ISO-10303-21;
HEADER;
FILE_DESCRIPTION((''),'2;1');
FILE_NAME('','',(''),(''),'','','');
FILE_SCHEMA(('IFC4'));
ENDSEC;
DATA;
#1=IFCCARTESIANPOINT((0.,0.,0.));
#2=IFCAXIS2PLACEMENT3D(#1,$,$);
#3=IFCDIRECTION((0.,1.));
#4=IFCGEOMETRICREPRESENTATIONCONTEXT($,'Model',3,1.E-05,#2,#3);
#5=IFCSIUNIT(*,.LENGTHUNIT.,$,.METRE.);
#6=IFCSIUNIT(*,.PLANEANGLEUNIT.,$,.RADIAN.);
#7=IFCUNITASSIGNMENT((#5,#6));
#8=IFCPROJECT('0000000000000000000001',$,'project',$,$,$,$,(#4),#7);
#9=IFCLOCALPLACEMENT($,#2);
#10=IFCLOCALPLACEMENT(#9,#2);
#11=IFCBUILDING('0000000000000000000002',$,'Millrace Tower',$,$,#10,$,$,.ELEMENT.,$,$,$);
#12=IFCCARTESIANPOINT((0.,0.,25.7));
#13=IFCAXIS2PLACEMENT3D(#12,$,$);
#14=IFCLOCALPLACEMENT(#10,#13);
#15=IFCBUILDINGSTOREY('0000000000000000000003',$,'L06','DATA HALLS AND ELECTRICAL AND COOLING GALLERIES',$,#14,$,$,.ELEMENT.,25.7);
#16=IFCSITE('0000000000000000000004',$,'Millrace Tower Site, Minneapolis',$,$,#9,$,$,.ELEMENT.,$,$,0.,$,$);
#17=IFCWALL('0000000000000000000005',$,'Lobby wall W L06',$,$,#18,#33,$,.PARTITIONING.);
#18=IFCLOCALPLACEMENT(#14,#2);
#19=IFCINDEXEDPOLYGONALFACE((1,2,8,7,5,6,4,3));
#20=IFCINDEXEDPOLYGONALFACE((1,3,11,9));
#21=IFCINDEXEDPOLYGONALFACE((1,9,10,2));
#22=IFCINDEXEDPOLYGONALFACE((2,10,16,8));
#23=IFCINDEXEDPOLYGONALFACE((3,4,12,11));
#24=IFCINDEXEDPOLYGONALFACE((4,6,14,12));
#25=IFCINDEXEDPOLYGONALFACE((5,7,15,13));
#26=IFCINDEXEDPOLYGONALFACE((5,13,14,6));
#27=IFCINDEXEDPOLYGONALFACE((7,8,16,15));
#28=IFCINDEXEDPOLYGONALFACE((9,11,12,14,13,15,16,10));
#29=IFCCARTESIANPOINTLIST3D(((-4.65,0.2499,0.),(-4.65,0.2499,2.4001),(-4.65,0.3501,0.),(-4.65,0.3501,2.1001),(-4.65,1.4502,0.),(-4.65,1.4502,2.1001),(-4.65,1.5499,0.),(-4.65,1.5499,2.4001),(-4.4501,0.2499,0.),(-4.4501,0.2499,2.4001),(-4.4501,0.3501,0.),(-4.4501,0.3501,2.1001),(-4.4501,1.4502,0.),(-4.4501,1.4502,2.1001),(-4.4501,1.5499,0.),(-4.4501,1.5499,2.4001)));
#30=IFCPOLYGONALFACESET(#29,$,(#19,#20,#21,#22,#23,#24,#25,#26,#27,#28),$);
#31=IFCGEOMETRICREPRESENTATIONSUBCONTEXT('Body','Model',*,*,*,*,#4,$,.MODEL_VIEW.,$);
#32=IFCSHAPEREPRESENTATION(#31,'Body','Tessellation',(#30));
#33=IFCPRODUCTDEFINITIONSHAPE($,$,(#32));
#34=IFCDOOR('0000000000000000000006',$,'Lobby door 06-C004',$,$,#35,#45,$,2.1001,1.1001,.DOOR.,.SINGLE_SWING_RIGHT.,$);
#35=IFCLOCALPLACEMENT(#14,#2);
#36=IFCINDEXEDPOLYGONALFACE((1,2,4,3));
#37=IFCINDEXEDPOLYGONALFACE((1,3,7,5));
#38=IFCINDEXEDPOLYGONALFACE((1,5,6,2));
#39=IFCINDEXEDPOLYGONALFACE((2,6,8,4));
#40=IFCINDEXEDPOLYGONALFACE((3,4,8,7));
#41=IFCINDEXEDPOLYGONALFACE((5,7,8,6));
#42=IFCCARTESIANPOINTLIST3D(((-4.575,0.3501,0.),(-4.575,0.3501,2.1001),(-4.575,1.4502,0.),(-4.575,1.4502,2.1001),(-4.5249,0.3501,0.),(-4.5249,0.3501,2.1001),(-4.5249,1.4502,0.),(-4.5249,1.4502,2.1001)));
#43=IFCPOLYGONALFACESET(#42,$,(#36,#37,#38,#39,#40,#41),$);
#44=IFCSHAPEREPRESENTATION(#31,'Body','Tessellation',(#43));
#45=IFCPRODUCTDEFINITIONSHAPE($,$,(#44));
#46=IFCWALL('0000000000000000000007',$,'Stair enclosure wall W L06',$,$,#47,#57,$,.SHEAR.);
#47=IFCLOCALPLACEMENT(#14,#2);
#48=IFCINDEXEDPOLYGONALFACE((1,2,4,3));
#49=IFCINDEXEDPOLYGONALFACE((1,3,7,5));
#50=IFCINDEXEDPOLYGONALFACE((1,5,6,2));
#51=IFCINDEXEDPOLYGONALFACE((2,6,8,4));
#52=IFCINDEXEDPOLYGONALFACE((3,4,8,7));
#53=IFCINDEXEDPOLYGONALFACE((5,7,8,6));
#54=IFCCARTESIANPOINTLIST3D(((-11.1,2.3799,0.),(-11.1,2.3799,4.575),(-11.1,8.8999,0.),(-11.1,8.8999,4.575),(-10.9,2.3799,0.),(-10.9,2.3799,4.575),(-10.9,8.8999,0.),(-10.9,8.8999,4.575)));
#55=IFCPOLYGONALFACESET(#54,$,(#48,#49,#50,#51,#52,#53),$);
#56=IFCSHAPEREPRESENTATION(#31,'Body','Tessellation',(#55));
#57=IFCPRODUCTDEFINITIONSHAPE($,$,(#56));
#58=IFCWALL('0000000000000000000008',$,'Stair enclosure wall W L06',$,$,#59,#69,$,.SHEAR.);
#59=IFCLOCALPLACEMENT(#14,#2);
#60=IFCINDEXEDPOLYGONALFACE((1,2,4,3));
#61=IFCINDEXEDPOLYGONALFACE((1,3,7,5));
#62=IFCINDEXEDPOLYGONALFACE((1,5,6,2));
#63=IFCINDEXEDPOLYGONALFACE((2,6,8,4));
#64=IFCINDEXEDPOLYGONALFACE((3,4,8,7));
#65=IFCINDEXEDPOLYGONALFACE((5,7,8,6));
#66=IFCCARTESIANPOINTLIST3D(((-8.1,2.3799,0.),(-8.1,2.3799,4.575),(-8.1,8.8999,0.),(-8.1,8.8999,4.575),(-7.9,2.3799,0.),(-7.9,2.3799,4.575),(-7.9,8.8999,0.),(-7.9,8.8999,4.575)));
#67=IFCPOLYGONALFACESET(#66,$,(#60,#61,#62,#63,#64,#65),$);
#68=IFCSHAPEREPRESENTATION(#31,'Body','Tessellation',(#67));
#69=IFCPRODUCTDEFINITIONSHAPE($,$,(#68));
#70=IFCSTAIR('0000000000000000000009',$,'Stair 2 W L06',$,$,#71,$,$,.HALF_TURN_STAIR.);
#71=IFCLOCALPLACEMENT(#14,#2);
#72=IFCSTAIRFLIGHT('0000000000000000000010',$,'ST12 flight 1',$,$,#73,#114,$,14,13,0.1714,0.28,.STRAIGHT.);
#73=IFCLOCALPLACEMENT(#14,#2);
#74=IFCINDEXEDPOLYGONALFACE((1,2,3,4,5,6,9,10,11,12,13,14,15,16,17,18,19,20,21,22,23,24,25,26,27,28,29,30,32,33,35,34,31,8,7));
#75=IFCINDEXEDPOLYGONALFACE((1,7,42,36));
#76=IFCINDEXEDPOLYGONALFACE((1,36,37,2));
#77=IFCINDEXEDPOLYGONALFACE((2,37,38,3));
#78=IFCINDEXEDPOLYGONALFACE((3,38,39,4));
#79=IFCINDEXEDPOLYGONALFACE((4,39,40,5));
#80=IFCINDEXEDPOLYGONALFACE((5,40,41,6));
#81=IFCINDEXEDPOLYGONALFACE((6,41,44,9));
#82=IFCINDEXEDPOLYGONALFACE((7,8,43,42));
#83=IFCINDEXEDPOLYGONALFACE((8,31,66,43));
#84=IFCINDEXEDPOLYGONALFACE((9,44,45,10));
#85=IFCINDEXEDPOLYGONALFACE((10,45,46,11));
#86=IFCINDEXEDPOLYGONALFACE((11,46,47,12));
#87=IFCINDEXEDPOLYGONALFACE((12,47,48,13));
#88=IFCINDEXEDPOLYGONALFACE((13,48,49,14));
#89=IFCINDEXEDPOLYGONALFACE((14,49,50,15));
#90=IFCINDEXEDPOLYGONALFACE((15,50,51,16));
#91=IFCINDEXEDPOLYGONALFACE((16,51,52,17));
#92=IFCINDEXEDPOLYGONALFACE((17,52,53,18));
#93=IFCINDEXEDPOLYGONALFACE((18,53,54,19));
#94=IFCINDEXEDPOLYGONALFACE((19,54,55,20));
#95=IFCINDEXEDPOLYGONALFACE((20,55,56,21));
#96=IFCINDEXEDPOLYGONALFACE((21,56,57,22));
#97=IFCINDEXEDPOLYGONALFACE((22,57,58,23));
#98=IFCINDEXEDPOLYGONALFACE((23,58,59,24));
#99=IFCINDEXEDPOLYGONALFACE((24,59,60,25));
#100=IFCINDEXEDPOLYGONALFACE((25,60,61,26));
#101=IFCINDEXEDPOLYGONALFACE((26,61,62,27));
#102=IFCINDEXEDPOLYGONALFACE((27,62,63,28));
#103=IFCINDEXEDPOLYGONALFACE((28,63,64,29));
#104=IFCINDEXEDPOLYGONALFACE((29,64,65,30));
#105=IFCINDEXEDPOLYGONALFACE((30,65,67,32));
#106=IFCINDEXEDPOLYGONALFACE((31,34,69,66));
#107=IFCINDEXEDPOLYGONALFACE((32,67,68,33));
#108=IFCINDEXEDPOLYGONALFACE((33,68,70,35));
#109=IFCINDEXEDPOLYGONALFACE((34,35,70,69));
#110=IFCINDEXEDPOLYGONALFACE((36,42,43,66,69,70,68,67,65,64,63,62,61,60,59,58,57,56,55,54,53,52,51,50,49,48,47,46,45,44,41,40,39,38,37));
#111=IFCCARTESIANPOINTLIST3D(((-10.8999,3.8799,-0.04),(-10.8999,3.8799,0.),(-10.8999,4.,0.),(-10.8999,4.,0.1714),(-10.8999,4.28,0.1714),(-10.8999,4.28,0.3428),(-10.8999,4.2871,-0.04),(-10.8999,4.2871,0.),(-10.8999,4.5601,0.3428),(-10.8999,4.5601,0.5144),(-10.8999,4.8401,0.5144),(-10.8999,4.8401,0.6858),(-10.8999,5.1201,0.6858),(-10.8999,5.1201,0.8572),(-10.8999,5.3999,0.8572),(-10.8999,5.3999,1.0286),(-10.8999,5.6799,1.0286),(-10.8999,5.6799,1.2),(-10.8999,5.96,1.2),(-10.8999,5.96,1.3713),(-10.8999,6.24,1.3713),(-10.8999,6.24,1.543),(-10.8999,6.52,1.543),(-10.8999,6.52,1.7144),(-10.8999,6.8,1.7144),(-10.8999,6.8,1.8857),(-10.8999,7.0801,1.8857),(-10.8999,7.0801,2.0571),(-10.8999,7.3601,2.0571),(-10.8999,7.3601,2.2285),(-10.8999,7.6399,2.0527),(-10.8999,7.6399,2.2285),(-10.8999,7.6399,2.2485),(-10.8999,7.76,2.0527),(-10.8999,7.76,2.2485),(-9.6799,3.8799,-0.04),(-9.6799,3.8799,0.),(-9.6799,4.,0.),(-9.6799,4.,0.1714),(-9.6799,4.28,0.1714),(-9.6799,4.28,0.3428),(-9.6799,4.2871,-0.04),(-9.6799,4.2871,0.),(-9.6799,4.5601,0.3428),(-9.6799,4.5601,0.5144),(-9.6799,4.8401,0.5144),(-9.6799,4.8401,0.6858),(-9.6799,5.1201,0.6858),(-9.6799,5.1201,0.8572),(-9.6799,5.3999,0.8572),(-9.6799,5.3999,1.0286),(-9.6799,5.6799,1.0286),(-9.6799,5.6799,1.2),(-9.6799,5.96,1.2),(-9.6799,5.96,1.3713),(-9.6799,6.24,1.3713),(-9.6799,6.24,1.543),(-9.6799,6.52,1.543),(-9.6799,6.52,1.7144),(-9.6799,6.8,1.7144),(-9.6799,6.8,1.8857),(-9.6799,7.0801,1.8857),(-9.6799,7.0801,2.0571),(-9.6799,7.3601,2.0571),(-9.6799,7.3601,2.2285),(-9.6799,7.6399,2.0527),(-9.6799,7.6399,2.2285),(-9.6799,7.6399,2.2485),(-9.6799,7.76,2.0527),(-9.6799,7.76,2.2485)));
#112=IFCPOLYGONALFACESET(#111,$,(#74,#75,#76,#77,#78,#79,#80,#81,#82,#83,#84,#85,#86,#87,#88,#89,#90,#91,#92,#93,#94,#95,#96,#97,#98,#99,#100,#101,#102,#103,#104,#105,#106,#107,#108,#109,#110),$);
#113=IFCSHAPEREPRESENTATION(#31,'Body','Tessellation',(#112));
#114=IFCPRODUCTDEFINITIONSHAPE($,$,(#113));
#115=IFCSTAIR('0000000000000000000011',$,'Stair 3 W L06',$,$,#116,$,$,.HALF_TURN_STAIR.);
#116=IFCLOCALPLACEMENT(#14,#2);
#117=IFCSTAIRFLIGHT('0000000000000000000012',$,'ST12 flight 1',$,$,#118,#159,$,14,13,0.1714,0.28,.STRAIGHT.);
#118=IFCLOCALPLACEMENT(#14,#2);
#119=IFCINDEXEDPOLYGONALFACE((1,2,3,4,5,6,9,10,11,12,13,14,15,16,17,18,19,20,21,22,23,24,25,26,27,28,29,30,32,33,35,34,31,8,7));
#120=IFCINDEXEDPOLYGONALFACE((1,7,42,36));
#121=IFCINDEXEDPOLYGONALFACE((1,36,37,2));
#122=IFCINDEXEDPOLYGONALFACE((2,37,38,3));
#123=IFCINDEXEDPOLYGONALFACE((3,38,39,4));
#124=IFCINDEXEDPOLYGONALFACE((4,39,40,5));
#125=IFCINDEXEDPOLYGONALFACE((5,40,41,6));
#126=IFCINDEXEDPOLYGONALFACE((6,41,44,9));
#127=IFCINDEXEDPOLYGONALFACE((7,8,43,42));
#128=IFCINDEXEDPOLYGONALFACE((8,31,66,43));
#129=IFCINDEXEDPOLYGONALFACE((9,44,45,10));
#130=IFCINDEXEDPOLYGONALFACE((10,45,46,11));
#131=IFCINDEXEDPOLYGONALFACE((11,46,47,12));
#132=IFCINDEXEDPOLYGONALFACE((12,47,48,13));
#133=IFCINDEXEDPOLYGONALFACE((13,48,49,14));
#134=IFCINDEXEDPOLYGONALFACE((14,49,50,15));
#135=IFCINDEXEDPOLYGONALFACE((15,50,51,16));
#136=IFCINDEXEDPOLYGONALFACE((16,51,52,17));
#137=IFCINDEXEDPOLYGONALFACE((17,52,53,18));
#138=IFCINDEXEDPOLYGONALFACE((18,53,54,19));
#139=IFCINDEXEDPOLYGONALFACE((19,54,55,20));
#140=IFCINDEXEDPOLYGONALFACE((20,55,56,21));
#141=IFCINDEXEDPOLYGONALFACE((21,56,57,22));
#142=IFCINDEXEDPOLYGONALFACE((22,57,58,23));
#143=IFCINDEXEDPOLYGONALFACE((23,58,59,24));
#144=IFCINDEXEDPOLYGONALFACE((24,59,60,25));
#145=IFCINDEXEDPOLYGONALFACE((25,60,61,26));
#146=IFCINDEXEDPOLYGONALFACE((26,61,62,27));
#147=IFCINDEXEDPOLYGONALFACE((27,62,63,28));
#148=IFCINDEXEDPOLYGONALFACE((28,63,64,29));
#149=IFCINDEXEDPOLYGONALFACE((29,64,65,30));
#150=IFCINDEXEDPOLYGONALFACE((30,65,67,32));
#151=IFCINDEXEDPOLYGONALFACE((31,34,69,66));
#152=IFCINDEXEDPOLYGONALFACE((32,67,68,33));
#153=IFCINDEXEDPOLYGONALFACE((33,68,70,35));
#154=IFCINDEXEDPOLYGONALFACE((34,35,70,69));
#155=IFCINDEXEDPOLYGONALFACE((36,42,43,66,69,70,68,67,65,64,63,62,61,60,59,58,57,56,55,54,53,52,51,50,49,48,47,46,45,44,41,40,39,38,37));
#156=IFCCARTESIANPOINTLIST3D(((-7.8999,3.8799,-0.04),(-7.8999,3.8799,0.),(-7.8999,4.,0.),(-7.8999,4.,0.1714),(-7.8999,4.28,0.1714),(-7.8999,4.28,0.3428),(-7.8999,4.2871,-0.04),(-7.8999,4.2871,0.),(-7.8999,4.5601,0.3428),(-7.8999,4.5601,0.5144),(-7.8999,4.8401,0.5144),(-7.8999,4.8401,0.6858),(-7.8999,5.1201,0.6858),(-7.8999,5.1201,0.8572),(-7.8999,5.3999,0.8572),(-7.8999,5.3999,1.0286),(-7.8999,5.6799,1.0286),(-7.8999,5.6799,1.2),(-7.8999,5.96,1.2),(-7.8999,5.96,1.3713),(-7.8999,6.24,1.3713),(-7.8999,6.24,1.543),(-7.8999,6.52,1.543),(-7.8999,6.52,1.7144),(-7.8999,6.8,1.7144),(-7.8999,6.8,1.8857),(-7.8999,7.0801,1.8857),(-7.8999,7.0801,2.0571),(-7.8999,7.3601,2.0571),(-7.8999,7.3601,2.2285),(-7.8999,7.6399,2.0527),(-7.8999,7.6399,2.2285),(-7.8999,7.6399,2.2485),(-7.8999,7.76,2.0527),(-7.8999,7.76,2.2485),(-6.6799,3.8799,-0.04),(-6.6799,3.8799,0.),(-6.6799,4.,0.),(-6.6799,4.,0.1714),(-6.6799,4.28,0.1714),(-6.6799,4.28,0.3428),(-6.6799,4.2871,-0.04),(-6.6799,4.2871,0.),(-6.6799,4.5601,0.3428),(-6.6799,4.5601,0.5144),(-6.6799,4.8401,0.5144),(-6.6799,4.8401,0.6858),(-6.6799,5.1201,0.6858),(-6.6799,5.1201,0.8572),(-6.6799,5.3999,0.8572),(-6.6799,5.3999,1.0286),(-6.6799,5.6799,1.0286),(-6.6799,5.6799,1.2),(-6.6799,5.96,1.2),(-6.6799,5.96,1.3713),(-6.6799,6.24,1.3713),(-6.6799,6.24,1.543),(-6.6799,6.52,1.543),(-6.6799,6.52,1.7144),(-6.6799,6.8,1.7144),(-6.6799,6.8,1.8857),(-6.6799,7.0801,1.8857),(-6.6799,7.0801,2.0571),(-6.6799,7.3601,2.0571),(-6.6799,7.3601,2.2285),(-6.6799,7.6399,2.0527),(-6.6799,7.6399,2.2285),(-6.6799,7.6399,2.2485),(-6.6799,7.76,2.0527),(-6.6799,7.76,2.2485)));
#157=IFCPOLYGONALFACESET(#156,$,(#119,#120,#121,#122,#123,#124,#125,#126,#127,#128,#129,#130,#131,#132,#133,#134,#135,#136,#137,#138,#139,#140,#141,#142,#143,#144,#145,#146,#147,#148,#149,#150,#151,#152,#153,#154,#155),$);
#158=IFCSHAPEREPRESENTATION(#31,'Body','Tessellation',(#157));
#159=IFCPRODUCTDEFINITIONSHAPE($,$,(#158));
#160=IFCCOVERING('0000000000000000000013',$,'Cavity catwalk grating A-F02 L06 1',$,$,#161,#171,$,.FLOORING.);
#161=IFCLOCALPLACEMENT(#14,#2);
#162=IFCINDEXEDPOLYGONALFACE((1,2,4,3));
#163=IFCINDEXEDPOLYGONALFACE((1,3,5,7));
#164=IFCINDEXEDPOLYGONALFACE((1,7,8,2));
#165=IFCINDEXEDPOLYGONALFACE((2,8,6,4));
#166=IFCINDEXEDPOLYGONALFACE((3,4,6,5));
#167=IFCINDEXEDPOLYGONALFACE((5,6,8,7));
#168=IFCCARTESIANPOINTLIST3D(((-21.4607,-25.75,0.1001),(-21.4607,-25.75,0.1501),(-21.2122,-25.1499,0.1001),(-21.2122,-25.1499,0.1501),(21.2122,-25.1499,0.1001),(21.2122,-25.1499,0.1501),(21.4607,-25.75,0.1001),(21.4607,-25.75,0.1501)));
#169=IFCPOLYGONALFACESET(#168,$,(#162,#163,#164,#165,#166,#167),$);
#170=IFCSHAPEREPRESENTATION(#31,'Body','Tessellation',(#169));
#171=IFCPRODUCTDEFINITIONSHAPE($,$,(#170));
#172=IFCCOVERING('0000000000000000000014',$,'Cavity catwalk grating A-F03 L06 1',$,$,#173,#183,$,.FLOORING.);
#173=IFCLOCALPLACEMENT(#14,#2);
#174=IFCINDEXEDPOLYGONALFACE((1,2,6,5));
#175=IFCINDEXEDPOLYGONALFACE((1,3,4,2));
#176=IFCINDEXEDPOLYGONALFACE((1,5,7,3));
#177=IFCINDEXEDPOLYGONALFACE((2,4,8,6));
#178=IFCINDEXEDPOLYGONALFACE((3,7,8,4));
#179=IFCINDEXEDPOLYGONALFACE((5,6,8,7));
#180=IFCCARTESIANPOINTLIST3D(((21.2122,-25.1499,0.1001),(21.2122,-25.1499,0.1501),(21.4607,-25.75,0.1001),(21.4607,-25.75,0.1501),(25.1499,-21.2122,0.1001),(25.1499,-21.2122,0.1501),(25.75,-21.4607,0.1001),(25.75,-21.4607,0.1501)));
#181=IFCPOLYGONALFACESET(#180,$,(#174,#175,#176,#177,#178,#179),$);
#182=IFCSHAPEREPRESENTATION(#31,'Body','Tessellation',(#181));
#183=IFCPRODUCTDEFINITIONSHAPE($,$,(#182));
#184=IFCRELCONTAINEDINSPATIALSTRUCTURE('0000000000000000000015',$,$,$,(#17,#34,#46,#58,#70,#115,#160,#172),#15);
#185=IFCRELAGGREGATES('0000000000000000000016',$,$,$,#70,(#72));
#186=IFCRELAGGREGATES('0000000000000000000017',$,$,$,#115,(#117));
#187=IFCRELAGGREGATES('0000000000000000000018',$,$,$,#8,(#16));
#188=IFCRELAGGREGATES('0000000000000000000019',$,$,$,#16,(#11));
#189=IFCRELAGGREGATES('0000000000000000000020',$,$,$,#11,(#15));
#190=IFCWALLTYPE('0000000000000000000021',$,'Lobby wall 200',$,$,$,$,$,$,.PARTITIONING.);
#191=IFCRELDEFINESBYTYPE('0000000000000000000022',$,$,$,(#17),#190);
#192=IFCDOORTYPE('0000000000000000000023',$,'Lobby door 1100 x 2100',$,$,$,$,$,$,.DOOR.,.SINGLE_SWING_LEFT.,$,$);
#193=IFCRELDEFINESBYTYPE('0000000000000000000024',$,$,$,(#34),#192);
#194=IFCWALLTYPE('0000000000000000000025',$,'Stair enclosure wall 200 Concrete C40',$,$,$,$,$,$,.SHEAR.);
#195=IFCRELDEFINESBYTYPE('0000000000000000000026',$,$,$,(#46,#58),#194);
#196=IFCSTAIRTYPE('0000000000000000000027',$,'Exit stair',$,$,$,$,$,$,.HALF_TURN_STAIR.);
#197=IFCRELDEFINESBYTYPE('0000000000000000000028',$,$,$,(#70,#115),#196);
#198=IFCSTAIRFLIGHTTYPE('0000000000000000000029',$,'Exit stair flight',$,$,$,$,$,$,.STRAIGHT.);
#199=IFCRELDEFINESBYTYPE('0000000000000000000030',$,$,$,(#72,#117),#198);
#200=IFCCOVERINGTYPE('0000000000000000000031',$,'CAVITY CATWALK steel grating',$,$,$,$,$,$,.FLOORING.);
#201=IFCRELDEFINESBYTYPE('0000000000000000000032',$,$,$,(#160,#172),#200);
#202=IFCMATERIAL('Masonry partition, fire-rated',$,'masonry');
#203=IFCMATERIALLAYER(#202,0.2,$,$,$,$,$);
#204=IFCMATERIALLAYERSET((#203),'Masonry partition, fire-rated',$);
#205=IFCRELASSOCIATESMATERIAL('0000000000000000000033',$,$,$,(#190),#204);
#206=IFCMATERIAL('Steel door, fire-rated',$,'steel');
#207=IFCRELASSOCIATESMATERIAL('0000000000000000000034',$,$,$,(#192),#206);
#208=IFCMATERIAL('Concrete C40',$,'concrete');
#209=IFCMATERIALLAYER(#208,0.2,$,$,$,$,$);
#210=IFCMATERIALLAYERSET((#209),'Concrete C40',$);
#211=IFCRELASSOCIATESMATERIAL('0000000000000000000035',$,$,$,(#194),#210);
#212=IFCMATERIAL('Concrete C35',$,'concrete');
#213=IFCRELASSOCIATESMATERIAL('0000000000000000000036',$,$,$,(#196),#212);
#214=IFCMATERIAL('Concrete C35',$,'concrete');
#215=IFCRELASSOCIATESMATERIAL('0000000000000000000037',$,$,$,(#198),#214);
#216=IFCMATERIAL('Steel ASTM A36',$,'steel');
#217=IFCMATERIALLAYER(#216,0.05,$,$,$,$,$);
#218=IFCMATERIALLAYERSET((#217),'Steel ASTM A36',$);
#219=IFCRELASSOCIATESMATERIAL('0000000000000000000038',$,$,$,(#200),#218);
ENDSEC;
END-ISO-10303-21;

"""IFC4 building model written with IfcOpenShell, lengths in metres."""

from ifc_helpers import new_model, si_unit, direction, frame, frame_2d, origin, place, context, subcontext, project, spatial, polyline, rectangle, outline, extrude, material, layer, layer_set, type_object, element, fill, aggregate, save


model = new_model("IFC4")

# Units and contexts
model_context = context("Model", 3, precision=1e-05, world=origin(), true_north=direction((0.0, 1.0)))
body_context = subcontext(model_context, "Body", "Model", "MODEL_VIEW")
ifc_project = project(units=[si_unit("LENGTHUNIT", "METRE"), si_unit("PLANEANGLEUNIT", "RADIAN")], contexts=[model_context])

# Site, building, storey
site_placement = place(None, origin())
site = spatial("IfcSite", under=ifc_project, at=site_placement, Name="Millrace Tower Site, Minneapolis", CompositionType="ELEMENT", RefElevation=0.0)
building_placement = place(site_placement, origin())
building = spatial("IfcBuilding", under=site, at=building_placement, Name="Millrace Tower", CompositionType="ELEMENT")
storey_placement = place(building_placement, frame((0.0, 0.0, 25.7)))
storey = spatial("IfcBuildingStorey", under=building, at=storey_placement, Name="L06", Description="DATA HALLS AND ELECTRICAL AND COOLING GALLERIES", CompositionType="ELEMENT", Elevation=25.7)

# Shared definitions
placement_1 = place(storey_placement, origin())

# Wall, opening, door
ifc_material_1 = material(Name="Masonry partition, fire-rated", Category="masonry")
ifc_layer_1 = layer(ifc_material_1, 0.2)
ifc_layer_set_1 = layer_set([ifc_layer_1], Name="Masonry partition, fire-rated")
wall_type_1 = type_object("IfcWallType", Name="Lobby wall 200", PredefinedType="PARTITIONING", material=ifc_layer_set_1)
wall_1_placement = place(storey_placement, frame((-4.55, 0.25, 0.0), z_axis=(0.0, 0.0, 1.0), x_axis=(0.0, 1.0, 0.0)))
wall_1 = element("IfcWall", 1, at=wall_1_placement, inside=storey, type_object=wall_type_1, Name="Lobby wall W L06", PredefinedType="PARTITIONING", context=body_context, shape_type="SweptSolid", body=[
    extrude(rectangle(XDim=1.3, YDim=0.2, at=frame_2d((0.6499, 0.0))), origin(), (0.0, 0.0, 1.0), 2.4001),
])
opening_placement = place(wall_1_placement, frame((0.1001, 0.0, 0.0)))
opening = element("IfcOpeningElement", 2, at=opening_placement, cuts=wall_1, PredefinedType="OPENING", context=body_context, shape_type="SweptSolid", body=[
    extrude(rectangle(XDim=1.1001, YDim=2.1001, at=frame_2d((0.55, 1.05))), frame((0.0, 0.1099, 0.0), z_axis=(0.0, -1.0, 0.0), x_axis=(1.0, 0.0, 0.0)), (0.0, 0.0, 1.0), 0.22),
])
ifc_material_2 = material(Name="Steel door, fire-rated", Category="steel")
door_type = type_object("IfcDoorType", Name="Lobby door 1100 x 2100", OperationType="SINGLE_SWING_LEFT", PredefinedType="DOOR", material=ifc_material_2)
door_placement = place(opening_placement, origin())
door = element("IfcDoor", 3, at=door_placement, inside=storey, type_object=door_type, Name="Lobby door 06-C004", OperationType="SINGLE_SWING_RIGHT", OverallHeight=2.1001, OverallWidth=1.1001, PredefinedType="DOOR", context=body_context, shape_type="SweptSolid", body=[
    extrude(rectangle(XDim=1.1001, YDim=2.1001, at=frame_2d((0.55, 1.05))), frame((0.0, 0.0249, 0.0), z_axis=(0.0, -1.0, 0.0), x_axis=(1.0, 0.0, 0.0)), (0.0, 0.0, 1.0), 0.05),
])
fill(opening, door)

# Walls
ifc_material_3 = material(Name="Concrete C40", Category="concrete")
ifc_layer_2 = layer(ifc_material_3, 0.2)
ifc_layer_set_2 = layer_set([ifc_layer_2], Name="Concrete C40")
wall_type_2 = type_object("IfcWallType", Name="Stair enclosure wall 200 Concrete C40", PredefinedType="SHEAR", material=ifc_layer_set_2)
for number, where, z_axis, x_axis, name in (
    (4, (-11.0, 2.3799, 0.0), (0.0, 0.0, 1.0), (0.0, 1.0, 0.0), "Stair enclosure wall W L06"),
    (5, (-8.0, 2.3799, 0.0), (0.0, 0.0, 1.0), (0.0, 1.0, 0.0), "Stair enclosure wall W L06"),
):
    element("IfcWall", number, at=place(storey_placement, frame(where, z_axis=z_axis, x_axis=x_axis)), inside=storey, type_object=wall_type_2, Name=name, PredefinedType="SHEAR", context=body_context, shape_type="SweptSolid", body=[
        extrude(rectangle(XDim=6.52, YDim=0.2, at=frame_2d((3.26, 0.0))), origin(), (0.0, 0.0, 1.0), 4.575),
    ])

# Stairs, stair flights
ifc_material_4 = material(Name="Concrete C35", Category="concrete")
stair_type = type_object("IfcStairType", Name="Exit stair", PredefinedType="HALF_TURN_STAIR", material=ifc_material_4)
stair_1 = element("IfcStair", 6, at=placement_1, inside=storey, type_object=stair_type, Name="Stair 2 W L06", PredefinedType="HALF_TURN_STAIR")
ifc_material_5 = material(Name="Concrete C35", Category="concrete")
stair_flight_type = type_object("IfcStairFlightType", Name="Exit stair flight", PredefinedType="STRAIGHT", material=ifc_material_5)
stair_flight_1_placement = place(storey_placement, frame((-10.29, 4.0, 0.0), z_axis=(0.0, 0.0, 1.0), x_axis=(0.0, 1.0, 0.0)))
stair_flight_1 = element("IfcStairFlight", 7, at=stair_flight_1_placement, type_object=stair_flight_type, Name="ST12 flight 1", NumberOfRisers=14, NumberOfTreads=13, PredefinedType="STRAIGHT", RiserHeight=0.1714, TreadLength=0.28, context=body_context, shape_type="SweptSolid", body=[
    extrude(outline(polyline([(-0.1201, -0.04), (-0.1201, 0.0), (0.0, 0.0), (0.0, 0.1714), (0.28, 0.1714), (0.28, 0.3428), (0.5601, 0.3428), (0.5601, 0.5144), (0.8401, 0.5144), (0.8401, 0.6858), (1.1201, 0.6858), (1.1201, 0.8572), (1.3999, 0.8572), (1.3999, 1.0286), (1.6799, 1.0286), (1.6799, 1.2), (1.96, 1.2), (1.96, 1.3713), (2.24, 1.3713), (2.24, 1.543), (2.52, 1.543), (2.52, 1.7144), (2.8, 1.7144), (2.8, 1.8857), (3.0801, 1.8857), (3.0801, 2.0571), (3.3601, 2.0571), (3.3601, 2.2285), (3.6399, 2.2285), (3.6399, 2.2485), (3.76, 2.2485), (3.76, 2.0527), (3.6399, 2.0527), (0.2871, 0.0), (0.2871, -0.04), (-0.1201, -0.04)])), frame((0.0, 0.6099, 0.0), z_axis=(0.0, -1.0, 0.0), x_axis=(1.0, 0.0, 0.0)), (0.0, 0.0, 1.0), 1.22),
])
aggregate(stair_1, [stair_flight_1])
stair_2 = element("IfcStair", 8, at=placement_1, inside=storey, type_object=stair_type, Name="Stair 3 W L06", PredefinedType="HALF_TURN_STAIR")
stair_flight_2_placement = place(storey_placement, frame((-7.29, 4.0, 0.0), z_axis=(0.0, 0.0, 1.0), x_axis=(0.0, 1.0, 0.0)))
stair_flight_2 = element("IfcStairFlight", 9, at=stair_flight_2_placement, type_object=stair_flight_type, Name="ST12 flight 1", NumberOfRisers=14, NumberOfTreads=13, PredefinedType="STRAIGHT", RiserHeight=0.1714, TreadLength=0.28, context=body_context, shape_type="SweptSolid", body=[
    extrude(outline(polyline([(-0.1201, -0.04), (-0.1201, 0.0), (0.0, 0.0), (0.0, 0.1714), (0.28, 0.1714), (0.28, 0.3428), (0.5601, 0.3428), (0.5601, 0.5144), (0.8401, 0.5144), (0.8401, 0.6858), (1.1201, 0.6858), (1.1201, 0.8572), (1.3999, 0.8572), (1.3999, 1.0286), (1.6799, 1.0286), (1.6799, 1.2), (1.96, 1.2), (1.96, 1.3713), (2.24, 1.3713), (2.24, 1.543), (2.52, 1.543), (2.52, 1.7144), (2.8, 1.7144), (2.8, 1.8857), (3.0801, 1.8857), (3.0801, 2.0571), (3.3601, 2.0571), (3.3601, 2.2285), (3.6399, 2.2285), (3.6399, 2.2485), (3.76, 2.2485), (3.76, 2.0527), (3.6399, 2.0527), (0.2871, 0.0), (0.2871, -0.04), (-0.1201, -0.04)])), frame((0.0, 0.6099, 0.0), z_axis=(0.0, -1.0, 0.0), x_axis=(1.0, 0.0, 0.0)), (0.0, 0.0, 1.0), 1.22),
])
aggregate(stair_2, [stair_flight_2])

# Coverings
ifc_material_6 = material(Name="Steel ASTM A36", Category="steel")
ifc_layer_3 = layer(ifc_material_6, 0.05)
ifc_layer_set_3 = layer_set([ifc_layer_3], Name="Steel ASTM A36")
covering_type = type_object("IfcCoveringType", Name="CAVITY CATWALK steel grating", PredefinedType="FLOORING", material=ifc_layer_set_3)
placement_2 = place(storey_placement, frame((0.0, 0.0, 0.1001)))
element("IfcCovering", 10, at=placement_2, inside=storey, type_object=covering_type, Name="Cavity catwalk grating A-F02 L06 1", PredefinedType="FLOORING", context=body_context, shape_type="SweptSolid", body=[
    extrude(outline(polyline([(-21.4607, -25.75), (21.4607, -25.75), (21.2122, -25.1499), (-21.2122, -25.1499), (-21.4607, -25.75)])), origin(), (0.0, 0.0, 1.0), 0.05),
])
element("IfcCovering", 11, at=placement_2, inside=storey, type_object=covering_type, Name="Cavity catwalk grating A-F03 L06 1", PredefinedType="FLOORING", context=body_context, shape_type="SweptSolid", body=[
    extrude(outline(polyline([(21.4607, -25.75), (25.75, -21.4607), (25.1499, -21.2122), (21.2122, -25.1499), (21.4607, -25.75)])), origin(), (0.0, 0.0, 1.0), 0.05),
])

save(model, "model.ifc")
